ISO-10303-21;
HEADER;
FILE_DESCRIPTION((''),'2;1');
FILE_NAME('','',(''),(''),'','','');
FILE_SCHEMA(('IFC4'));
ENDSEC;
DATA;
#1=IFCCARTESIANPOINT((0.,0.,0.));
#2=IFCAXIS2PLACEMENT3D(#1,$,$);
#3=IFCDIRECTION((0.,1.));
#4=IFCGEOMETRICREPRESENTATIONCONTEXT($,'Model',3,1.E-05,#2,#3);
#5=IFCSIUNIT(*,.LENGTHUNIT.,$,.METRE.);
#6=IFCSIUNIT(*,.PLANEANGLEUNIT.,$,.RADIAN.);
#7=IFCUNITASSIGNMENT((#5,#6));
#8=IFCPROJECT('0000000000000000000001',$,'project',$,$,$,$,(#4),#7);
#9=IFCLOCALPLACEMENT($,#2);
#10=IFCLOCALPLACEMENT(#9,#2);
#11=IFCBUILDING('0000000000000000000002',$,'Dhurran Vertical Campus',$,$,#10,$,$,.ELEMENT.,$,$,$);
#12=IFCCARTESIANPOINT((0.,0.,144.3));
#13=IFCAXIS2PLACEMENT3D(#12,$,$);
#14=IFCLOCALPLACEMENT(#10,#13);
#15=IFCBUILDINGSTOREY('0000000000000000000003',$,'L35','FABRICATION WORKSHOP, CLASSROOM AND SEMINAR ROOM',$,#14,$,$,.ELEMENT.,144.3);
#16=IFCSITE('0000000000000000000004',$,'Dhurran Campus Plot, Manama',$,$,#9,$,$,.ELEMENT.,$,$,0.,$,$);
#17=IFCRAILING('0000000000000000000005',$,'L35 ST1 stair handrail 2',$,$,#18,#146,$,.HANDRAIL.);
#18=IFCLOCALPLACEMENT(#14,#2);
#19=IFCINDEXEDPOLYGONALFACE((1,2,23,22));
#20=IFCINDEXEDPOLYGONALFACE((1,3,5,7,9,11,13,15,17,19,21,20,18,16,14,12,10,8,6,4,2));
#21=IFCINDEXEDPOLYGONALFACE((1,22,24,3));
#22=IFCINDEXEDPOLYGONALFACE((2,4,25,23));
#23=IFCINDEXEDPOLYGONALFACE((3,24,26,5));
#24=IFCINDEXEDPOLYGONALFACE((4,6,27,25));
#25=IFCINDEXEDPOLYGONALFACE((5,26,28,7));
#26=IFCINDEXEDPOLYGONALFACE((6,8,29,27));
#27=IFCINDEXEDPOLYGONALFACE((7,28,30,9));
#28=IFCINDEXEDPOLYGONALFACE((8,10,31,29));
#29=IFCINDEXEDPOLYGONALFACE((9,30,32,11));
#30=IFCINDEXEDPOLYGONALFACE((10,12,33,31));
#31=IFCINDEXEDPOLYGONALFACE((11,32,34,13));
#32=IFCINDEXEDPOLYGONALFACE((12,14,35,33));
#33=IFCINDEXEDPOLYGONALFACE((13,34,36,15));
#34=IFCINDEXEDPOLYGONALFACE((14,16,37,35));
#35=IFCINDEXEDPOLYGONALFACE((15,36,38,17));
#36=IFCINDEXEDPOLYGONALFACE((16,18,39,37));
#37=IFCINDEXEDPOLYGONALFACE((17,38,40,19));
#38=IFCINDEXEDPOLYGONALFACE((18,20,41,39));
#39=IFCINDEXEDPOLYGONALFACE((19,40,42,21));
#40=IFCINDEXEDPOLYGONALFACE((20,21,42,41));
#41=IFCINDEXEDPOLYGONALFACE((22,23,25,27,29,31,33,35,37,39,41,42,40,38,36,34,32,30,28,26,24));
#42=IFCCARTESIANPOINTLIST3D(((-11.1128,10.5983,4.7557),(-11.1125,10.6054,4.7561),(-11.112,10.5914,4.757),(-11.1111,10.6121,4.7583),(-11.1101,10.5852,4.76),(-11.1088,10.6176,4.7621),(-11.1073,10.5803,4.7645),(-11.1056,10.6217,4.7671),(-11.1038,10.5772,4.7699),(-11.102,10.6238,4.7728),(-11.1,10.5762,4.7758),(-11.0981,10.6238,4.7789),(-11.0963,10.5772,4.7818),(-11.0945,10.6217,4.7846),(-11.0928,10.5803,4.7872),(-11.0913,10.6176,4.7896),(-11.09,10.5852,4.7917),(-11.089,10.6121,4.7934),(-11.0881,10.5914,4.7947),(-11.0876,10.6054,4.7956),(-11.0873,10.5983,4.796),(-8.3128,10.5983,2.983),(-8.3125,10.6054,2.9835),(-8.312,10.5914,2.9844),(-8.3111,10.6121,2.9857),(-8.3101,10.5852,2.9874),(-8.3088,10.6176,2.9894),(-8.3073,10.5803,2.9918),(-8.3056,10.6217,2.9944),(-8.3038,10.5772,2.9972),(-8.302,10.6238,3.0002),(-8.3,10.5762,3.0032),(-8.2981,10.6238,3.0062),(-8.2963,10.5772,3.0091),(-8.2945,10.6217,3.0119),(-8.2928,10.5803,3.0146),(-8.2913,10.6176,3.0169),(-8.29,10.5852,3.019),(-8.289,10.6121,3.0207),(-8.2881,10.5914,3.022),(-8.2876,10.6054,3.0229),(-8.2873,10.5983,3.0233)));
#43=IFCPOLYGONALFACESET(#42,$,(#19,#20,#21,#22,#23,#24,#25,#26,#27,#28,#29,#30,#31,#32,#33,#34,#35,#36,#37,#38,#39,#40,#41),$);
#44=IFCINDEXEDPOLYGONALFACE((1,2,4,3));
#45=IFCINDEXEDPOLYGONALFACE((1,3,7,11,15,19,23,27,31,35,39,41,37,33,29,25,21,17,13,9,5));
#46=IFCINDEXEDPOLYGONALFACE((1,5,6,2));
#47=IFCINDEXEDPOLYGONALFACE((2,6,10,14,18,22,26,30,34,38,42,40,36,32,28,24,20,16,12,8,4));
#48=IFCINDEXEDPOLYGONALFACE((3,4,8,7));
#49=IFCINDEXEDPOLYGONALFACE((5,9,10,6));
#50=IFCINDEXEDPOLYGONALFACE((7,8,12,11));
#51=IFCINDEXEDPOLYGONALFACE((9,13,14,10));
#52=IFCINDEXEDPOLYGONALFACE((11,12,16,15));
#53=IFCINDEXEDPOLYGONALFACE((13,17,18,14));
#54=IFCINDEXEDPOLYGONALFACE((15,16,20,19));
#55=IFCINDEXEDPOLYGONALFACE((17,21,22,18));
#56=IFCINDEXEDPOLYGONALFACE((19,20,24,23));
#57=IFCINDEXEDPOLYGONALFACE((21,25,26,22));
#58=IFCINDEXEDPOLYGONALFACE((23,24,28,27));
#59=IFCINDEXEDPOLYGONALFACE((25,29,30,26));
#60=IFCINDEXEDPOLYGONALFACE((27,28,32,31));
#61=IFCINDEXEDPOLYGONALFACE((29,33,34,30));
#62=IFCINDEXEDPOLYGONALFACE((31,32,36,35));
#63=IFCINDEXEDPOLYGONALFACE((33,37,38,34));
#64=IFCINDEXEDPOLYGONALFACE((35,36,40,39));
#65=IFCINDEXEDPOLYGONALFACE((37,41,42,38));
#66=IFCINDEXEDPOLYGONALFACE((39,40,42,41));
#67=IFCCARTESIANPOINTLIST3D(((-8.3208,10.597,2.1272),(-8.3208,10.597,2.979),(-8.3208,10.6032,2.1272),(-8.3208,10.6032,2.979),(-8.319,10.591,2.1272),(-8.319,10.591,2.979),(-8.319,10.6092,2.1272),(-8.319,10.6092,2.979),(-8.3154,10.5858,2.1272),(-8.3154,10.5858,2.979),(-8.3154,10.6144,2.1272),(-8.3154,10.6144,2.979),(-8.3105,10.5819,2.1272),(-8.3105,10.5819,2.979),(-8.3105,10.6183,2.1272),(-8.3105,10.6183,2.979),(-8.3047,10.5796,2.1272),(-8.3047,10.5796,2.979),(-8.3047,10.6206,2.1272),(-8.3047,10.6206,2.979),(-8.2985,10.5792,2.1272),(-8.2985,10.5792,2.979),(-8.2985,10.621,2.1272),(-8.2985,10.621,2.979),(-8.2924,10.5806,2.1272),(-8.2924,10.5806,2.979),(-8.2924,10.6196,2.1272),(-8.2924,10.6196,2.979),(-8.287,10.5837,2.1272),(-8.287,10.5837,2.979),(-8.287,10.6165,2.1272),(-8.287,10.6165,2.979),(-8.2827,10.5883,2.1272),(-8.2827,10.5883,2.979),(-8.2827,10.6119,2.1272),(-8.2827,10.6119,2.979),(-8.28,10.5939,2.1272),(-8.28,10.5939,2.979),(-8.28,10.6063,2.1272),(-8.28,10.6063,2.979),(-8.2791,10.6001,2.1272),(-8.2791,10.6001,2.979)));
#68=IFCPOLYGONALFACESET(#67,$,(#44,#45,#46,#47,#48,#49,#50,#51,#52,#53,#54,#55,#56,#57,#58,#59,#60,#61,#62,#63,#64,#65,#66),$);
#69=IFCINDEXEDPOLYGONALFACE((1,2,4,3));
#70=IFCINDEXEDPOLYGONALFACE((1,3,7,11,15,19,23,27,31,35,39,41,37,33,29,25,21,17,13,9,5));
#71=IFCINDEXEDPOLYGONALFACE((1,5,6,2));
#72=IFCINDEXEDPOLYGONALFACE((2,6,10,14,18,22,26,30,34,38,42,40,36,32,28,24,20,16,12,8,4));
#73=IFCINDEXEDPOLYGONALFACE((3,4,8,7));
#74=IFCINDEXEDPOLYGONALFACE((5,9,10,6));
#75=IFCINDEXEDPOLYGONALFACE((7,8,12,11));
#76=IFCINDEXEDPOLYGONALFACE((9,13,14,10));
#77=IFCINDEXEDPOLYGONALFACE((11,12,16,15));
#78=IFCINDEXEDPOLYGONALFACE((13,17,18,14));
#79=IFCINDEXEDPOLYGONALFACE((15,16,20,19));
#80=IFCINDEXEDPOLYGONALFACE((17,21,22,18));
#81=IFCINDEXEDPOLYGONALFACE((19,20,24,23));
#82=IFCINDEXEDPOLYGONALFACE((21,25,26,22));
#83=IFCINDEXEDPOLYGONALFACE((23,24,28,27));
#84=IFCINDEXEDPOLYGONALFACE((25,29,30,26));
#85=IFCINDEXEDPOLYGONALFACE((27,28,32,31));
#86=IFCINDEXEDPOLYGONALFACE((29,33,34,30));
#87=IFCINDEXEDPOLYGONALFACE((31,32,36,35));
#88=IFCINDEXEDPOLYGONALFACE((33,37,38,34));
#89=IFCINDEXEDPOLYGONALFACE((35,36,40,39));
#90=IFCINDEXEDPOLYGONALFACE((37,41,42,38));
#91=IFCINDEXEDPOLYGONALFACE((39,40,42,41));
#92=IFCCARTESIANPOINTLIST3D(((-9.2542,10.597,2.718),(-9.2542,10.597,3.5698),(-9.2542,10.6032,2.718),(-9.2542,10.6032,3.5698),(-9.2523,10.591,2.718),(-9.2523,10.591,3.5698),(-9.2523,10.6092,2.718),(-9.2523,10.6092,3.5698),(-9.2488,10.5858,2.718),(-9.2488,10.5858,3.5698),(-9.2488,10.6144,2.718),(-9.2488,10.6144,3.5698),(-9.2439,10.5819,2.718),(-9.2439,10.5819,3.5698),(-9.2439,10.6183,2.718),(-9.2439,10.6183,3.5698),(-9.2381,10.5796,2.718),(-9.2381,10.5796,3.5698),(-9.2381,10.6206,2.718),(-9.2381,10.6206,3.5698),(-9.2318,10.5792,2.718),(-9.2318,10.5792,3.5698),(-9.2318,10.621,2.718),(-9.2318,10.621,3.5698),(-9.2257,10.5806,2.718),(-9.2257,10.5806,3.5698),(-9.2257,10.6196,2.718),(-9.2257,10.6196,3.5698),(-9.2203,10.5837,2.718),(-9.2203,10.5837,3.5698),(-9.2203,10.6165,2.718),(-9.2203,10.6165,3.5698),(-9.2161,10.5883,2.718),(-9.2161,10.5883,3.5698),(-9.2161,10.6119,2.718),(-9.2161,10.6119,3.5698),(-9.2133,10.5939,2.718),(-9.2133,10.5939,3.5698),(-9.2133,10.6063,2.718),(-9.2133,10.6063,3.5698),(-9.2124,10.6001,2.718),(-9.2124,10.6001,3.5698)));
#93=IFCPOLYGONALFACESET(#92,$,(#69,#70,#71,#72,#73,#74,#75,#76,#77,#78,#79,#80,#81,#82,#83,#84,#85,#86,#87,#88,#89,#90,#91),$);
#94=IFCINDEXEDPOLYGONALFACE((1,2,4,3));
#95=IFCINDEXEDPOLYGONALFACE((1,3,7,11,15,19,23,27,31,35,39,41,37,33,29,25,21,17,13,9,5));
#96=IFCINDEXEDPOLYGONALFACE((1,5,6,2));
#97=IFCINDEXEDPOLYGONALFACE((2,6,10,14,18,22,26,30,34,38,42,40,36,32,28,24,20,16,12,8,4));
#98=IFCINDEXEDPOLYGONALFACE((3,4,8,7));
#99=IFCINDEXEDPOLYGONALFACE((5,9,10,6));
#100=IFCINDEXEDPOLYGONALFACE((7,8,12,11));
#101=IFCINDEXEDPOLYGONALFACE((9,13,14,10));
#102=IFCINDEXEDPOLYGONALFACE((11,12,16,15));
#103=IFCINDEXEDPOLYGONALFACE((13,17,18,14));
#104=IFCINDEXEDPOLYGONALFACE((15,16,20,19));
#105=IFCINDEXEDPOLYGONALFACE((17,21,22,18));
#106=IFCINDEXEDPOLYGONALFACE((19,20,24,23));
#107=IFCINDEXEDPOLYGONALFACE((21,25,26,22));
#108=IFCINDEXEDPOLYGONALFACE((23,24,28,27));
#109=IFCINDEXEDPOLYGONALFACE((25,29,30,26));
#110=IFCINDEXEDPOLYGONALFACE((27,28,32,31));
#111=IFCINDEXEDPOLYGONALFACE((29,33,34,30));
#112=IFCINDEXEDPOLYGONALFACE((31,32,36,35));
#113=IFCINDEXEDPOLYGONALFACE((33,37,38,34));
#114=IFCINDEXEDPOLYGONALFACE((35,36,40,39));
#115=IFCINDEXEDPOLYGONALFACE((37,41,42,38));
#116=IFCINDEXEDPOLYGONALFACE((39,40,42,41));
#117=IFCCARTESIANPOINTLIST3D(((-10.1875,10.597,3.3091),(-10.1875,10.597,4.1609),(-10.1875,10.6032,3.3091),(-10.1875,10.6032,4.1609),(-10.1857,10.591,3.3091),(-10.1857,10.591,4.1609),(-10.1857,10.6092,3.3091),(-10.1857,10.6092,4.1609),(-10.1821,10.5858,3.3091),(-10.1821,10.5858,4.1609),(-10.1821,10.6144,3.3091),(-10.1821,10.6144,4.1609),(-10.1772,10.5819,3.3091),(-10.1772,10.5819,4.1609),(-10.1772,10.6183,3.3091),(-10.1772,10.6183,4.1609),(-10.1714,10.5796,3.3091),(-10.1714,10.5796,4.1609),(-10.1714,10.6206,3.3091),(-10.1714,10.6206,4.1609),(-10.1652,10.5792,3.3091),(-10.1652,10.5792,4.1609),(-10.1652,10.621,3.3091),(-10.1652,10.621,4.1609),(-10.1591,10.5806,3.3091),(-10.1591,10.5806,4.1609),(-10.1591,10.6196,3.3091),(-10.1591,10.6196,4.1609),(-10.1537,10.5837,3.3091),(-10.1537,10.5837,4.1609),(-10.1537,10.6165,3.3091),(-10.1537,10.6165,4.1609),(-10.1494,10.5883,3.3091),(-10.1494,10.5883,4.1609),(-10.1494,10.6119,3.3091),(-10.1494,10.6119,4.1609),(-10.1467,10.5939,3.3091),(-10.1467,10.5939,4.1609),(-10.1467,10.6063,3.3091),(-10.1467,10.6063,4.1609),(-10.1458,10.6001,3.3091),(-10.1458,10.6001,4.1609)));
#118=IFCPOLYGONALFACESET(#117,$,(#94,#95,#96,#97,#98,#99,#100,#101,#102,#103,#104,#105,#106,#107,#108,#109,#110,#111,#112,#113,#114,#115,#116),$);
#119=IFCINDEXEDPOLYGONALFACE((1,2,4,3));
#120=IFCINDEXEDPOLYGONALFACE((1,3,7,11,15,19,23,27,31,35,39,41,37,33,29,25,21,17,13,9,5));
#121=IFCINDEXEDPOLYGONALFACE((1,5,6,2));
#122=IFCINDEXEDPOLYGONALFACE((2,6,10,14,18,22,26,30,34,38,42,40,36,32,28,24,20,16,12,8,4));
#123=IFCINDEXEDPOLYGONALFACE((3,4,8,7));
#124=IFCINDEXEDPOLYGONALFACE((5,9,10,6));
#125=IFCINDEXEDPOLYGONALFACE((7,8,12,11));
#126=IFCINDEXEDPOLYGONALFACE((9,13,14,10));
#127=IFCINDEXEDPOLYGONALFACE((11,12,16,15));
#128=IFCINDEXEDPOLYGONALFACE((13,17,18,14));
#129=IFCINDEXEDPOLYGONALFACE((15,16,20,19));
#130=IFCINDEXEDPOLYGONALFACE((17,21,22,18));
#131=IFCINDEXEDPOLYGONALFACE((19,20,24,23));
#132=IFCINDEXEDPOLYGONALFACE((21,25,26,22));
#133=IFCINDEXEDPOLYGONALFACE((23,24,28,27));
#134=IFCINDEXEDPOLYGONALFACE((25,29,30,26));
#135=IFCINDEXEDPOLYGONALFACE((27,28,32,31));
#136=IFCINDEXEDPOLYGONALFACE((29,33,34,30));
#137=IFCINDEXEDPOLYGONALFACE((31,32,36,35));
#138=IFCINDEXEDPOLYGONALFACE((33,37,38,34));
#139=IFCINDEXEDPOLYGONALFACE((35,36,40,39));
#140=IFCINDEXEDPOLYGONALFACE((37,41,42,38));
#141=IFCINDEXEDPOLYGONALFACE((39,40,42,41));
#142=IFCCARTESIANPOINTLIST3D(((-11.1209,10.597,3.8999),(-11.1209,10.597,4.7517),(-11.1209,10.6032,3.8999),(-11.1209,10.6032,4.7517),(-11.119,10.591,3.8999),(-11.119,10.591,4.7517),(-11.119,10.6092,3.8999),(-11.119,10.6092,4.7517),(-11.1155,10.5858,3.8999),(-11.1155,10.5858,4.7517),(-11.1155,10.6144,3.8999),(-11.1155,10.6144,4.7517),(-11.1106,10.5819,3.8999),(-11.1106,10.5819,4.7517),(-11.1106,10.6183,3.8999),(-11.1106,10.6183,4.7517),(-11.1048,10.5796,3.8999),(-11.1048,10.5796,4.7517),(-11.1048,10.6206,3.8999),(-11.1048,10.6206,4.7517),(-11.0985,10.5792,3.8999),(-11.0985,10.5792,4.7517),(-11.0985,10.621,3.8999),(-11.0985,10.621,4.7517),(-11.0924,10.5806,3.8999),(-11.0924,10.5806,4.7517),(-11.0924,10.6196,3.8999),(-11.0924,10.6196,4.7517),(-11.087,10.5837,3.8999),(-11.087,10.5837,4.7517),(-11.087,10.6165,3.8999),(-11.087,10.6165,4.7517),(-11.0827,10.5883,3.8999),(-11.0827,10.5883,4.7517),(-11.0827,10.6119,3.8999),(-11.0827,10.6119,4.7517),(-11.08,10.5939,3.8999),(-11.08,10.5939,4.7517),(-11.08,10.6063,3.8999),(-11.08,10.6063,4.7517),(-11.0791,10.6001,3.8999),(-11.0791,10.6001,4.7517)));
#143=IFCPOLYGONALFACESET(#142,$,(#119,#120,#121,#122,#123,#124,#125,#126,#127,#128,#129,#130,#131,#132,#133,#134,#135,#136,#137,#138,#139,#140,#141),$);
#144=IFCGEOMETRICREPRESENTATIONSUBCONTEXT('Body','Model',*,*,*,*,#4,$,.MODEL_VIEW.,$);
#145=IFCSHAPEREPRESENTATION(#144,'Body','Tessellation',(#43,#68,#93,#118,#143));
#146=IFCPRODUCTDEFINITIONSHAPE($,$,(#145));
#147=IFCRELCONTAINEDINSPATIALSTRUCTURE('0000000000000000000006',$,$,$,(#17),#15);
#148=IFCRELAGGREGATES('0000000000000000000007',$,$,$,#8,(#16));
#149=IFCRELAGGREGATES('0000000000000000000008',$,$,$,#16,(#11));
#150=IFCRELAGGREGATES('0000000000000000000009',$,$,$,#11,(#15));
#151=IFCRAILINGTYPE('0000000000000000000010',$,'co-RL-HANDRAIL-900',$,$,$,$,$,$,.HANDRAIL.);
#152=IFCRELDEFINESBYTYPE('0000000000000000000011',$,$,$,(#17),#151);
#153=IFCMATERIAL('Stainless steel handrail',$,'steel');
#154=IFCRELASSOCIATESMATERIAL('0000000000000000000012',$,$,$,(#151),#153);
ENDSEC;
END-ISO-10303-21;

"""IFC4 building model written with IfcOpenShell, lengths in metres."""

from ifc_helpers import new_model, si_unit, direction, frame, origin, origin_2d, place, context, subcontext, project, spatial, circle, extrude, material, type_object, element, save


model = new_model("IFC4")

# Units and contexts
model_context = context("Model", 3, precision=1e-05, world=origin(), true_north=direction((0.0, 1.0)))
body_context = subcontext(model_context, "Body", "Model", "MODEL_VIEW")
ifc_project = project(units=[si_unit("LENGTHUNIT", "METRE"), si_unit("PLANEANGLEUNIT", "RADIAN")], contexts=[model_context])

# Site, building, storey
site_placement = place(None, origin())
site = spatial("IfcSite", under=ifc_project, at=site_placement, Name="Dhurran Campus Plot, Manama", CompositionType="ELEMENT", RefElevation=0.0)
building_placement = place(site_placement, origin())
building = spatial("IfcBuilding", under=site, at=building_placement, Name="Dhurran Vertical Campus", CompositionType="ELEMENT")
storey_placement = place(building_placement, frame((0.0, 0.0, 144.3)))
storey = spatial("IfcBuildingStorey", under=building, at=storey_placement, Name="L35", Description="FABRICATION WORKSHOP, CLASSROOM AND SEMINAR ROOM", CompositionType="ELEMENT", Elevation=144.3)

# Railing
ifc_material_1 = material(Name="Stainless steel handrail", Category="steel")
railing_type_1 = type_object("IfcRailingType", Name="co-RL-HANDRAIL-900", PredefinedType="HANDRAIL", material=ifc_material_1)
railing_1_placement = place(storey_placement, frame((-8.3, 10.6001, 2.1272)))
element("IfcRailing", 1, at=railing_1_placement, inside=storey, type_object=railing_type_1, Name="L35 ST1 stair handrail 2", PredefinedType="HANDRAIL", context=body_context, shape_type="SweptSolid", body=[
    extrude(circle(Radius=0.0239, at=origin_2d()), frame((0.0, 0.0, 0.876), z_axis=(-0.844909, 0.0, 0.53491), x_axis=(0.0, -1.0, 0.0)), (0.0, 0.0, 1.0), 3.314),
    extrude(circle(Radius=0.021, at=origin_2d()), origin(), (0.0, 0.0, 1.0), 0.8518),
    extrude(circle(Radius=0.021, at=origin_2d()), frame((-0.9333, 0.0, 0.5908)), (0.0, 0.0, 1.0), 0.8518),
    extrude(circle(Radius=0.021, at=origin_2d()), frame((-1.8667, 0.0, 1.1819)), (0.0, 0.0, 1.0), 0.8518),
    extrude(circle(Radius=0.021, at=origin_2d()), frame((-2.8, 0.0, 1.7727)), (0.0, 0.0, 1.0), 0.8518),
])

save(model, "model.ifc")
